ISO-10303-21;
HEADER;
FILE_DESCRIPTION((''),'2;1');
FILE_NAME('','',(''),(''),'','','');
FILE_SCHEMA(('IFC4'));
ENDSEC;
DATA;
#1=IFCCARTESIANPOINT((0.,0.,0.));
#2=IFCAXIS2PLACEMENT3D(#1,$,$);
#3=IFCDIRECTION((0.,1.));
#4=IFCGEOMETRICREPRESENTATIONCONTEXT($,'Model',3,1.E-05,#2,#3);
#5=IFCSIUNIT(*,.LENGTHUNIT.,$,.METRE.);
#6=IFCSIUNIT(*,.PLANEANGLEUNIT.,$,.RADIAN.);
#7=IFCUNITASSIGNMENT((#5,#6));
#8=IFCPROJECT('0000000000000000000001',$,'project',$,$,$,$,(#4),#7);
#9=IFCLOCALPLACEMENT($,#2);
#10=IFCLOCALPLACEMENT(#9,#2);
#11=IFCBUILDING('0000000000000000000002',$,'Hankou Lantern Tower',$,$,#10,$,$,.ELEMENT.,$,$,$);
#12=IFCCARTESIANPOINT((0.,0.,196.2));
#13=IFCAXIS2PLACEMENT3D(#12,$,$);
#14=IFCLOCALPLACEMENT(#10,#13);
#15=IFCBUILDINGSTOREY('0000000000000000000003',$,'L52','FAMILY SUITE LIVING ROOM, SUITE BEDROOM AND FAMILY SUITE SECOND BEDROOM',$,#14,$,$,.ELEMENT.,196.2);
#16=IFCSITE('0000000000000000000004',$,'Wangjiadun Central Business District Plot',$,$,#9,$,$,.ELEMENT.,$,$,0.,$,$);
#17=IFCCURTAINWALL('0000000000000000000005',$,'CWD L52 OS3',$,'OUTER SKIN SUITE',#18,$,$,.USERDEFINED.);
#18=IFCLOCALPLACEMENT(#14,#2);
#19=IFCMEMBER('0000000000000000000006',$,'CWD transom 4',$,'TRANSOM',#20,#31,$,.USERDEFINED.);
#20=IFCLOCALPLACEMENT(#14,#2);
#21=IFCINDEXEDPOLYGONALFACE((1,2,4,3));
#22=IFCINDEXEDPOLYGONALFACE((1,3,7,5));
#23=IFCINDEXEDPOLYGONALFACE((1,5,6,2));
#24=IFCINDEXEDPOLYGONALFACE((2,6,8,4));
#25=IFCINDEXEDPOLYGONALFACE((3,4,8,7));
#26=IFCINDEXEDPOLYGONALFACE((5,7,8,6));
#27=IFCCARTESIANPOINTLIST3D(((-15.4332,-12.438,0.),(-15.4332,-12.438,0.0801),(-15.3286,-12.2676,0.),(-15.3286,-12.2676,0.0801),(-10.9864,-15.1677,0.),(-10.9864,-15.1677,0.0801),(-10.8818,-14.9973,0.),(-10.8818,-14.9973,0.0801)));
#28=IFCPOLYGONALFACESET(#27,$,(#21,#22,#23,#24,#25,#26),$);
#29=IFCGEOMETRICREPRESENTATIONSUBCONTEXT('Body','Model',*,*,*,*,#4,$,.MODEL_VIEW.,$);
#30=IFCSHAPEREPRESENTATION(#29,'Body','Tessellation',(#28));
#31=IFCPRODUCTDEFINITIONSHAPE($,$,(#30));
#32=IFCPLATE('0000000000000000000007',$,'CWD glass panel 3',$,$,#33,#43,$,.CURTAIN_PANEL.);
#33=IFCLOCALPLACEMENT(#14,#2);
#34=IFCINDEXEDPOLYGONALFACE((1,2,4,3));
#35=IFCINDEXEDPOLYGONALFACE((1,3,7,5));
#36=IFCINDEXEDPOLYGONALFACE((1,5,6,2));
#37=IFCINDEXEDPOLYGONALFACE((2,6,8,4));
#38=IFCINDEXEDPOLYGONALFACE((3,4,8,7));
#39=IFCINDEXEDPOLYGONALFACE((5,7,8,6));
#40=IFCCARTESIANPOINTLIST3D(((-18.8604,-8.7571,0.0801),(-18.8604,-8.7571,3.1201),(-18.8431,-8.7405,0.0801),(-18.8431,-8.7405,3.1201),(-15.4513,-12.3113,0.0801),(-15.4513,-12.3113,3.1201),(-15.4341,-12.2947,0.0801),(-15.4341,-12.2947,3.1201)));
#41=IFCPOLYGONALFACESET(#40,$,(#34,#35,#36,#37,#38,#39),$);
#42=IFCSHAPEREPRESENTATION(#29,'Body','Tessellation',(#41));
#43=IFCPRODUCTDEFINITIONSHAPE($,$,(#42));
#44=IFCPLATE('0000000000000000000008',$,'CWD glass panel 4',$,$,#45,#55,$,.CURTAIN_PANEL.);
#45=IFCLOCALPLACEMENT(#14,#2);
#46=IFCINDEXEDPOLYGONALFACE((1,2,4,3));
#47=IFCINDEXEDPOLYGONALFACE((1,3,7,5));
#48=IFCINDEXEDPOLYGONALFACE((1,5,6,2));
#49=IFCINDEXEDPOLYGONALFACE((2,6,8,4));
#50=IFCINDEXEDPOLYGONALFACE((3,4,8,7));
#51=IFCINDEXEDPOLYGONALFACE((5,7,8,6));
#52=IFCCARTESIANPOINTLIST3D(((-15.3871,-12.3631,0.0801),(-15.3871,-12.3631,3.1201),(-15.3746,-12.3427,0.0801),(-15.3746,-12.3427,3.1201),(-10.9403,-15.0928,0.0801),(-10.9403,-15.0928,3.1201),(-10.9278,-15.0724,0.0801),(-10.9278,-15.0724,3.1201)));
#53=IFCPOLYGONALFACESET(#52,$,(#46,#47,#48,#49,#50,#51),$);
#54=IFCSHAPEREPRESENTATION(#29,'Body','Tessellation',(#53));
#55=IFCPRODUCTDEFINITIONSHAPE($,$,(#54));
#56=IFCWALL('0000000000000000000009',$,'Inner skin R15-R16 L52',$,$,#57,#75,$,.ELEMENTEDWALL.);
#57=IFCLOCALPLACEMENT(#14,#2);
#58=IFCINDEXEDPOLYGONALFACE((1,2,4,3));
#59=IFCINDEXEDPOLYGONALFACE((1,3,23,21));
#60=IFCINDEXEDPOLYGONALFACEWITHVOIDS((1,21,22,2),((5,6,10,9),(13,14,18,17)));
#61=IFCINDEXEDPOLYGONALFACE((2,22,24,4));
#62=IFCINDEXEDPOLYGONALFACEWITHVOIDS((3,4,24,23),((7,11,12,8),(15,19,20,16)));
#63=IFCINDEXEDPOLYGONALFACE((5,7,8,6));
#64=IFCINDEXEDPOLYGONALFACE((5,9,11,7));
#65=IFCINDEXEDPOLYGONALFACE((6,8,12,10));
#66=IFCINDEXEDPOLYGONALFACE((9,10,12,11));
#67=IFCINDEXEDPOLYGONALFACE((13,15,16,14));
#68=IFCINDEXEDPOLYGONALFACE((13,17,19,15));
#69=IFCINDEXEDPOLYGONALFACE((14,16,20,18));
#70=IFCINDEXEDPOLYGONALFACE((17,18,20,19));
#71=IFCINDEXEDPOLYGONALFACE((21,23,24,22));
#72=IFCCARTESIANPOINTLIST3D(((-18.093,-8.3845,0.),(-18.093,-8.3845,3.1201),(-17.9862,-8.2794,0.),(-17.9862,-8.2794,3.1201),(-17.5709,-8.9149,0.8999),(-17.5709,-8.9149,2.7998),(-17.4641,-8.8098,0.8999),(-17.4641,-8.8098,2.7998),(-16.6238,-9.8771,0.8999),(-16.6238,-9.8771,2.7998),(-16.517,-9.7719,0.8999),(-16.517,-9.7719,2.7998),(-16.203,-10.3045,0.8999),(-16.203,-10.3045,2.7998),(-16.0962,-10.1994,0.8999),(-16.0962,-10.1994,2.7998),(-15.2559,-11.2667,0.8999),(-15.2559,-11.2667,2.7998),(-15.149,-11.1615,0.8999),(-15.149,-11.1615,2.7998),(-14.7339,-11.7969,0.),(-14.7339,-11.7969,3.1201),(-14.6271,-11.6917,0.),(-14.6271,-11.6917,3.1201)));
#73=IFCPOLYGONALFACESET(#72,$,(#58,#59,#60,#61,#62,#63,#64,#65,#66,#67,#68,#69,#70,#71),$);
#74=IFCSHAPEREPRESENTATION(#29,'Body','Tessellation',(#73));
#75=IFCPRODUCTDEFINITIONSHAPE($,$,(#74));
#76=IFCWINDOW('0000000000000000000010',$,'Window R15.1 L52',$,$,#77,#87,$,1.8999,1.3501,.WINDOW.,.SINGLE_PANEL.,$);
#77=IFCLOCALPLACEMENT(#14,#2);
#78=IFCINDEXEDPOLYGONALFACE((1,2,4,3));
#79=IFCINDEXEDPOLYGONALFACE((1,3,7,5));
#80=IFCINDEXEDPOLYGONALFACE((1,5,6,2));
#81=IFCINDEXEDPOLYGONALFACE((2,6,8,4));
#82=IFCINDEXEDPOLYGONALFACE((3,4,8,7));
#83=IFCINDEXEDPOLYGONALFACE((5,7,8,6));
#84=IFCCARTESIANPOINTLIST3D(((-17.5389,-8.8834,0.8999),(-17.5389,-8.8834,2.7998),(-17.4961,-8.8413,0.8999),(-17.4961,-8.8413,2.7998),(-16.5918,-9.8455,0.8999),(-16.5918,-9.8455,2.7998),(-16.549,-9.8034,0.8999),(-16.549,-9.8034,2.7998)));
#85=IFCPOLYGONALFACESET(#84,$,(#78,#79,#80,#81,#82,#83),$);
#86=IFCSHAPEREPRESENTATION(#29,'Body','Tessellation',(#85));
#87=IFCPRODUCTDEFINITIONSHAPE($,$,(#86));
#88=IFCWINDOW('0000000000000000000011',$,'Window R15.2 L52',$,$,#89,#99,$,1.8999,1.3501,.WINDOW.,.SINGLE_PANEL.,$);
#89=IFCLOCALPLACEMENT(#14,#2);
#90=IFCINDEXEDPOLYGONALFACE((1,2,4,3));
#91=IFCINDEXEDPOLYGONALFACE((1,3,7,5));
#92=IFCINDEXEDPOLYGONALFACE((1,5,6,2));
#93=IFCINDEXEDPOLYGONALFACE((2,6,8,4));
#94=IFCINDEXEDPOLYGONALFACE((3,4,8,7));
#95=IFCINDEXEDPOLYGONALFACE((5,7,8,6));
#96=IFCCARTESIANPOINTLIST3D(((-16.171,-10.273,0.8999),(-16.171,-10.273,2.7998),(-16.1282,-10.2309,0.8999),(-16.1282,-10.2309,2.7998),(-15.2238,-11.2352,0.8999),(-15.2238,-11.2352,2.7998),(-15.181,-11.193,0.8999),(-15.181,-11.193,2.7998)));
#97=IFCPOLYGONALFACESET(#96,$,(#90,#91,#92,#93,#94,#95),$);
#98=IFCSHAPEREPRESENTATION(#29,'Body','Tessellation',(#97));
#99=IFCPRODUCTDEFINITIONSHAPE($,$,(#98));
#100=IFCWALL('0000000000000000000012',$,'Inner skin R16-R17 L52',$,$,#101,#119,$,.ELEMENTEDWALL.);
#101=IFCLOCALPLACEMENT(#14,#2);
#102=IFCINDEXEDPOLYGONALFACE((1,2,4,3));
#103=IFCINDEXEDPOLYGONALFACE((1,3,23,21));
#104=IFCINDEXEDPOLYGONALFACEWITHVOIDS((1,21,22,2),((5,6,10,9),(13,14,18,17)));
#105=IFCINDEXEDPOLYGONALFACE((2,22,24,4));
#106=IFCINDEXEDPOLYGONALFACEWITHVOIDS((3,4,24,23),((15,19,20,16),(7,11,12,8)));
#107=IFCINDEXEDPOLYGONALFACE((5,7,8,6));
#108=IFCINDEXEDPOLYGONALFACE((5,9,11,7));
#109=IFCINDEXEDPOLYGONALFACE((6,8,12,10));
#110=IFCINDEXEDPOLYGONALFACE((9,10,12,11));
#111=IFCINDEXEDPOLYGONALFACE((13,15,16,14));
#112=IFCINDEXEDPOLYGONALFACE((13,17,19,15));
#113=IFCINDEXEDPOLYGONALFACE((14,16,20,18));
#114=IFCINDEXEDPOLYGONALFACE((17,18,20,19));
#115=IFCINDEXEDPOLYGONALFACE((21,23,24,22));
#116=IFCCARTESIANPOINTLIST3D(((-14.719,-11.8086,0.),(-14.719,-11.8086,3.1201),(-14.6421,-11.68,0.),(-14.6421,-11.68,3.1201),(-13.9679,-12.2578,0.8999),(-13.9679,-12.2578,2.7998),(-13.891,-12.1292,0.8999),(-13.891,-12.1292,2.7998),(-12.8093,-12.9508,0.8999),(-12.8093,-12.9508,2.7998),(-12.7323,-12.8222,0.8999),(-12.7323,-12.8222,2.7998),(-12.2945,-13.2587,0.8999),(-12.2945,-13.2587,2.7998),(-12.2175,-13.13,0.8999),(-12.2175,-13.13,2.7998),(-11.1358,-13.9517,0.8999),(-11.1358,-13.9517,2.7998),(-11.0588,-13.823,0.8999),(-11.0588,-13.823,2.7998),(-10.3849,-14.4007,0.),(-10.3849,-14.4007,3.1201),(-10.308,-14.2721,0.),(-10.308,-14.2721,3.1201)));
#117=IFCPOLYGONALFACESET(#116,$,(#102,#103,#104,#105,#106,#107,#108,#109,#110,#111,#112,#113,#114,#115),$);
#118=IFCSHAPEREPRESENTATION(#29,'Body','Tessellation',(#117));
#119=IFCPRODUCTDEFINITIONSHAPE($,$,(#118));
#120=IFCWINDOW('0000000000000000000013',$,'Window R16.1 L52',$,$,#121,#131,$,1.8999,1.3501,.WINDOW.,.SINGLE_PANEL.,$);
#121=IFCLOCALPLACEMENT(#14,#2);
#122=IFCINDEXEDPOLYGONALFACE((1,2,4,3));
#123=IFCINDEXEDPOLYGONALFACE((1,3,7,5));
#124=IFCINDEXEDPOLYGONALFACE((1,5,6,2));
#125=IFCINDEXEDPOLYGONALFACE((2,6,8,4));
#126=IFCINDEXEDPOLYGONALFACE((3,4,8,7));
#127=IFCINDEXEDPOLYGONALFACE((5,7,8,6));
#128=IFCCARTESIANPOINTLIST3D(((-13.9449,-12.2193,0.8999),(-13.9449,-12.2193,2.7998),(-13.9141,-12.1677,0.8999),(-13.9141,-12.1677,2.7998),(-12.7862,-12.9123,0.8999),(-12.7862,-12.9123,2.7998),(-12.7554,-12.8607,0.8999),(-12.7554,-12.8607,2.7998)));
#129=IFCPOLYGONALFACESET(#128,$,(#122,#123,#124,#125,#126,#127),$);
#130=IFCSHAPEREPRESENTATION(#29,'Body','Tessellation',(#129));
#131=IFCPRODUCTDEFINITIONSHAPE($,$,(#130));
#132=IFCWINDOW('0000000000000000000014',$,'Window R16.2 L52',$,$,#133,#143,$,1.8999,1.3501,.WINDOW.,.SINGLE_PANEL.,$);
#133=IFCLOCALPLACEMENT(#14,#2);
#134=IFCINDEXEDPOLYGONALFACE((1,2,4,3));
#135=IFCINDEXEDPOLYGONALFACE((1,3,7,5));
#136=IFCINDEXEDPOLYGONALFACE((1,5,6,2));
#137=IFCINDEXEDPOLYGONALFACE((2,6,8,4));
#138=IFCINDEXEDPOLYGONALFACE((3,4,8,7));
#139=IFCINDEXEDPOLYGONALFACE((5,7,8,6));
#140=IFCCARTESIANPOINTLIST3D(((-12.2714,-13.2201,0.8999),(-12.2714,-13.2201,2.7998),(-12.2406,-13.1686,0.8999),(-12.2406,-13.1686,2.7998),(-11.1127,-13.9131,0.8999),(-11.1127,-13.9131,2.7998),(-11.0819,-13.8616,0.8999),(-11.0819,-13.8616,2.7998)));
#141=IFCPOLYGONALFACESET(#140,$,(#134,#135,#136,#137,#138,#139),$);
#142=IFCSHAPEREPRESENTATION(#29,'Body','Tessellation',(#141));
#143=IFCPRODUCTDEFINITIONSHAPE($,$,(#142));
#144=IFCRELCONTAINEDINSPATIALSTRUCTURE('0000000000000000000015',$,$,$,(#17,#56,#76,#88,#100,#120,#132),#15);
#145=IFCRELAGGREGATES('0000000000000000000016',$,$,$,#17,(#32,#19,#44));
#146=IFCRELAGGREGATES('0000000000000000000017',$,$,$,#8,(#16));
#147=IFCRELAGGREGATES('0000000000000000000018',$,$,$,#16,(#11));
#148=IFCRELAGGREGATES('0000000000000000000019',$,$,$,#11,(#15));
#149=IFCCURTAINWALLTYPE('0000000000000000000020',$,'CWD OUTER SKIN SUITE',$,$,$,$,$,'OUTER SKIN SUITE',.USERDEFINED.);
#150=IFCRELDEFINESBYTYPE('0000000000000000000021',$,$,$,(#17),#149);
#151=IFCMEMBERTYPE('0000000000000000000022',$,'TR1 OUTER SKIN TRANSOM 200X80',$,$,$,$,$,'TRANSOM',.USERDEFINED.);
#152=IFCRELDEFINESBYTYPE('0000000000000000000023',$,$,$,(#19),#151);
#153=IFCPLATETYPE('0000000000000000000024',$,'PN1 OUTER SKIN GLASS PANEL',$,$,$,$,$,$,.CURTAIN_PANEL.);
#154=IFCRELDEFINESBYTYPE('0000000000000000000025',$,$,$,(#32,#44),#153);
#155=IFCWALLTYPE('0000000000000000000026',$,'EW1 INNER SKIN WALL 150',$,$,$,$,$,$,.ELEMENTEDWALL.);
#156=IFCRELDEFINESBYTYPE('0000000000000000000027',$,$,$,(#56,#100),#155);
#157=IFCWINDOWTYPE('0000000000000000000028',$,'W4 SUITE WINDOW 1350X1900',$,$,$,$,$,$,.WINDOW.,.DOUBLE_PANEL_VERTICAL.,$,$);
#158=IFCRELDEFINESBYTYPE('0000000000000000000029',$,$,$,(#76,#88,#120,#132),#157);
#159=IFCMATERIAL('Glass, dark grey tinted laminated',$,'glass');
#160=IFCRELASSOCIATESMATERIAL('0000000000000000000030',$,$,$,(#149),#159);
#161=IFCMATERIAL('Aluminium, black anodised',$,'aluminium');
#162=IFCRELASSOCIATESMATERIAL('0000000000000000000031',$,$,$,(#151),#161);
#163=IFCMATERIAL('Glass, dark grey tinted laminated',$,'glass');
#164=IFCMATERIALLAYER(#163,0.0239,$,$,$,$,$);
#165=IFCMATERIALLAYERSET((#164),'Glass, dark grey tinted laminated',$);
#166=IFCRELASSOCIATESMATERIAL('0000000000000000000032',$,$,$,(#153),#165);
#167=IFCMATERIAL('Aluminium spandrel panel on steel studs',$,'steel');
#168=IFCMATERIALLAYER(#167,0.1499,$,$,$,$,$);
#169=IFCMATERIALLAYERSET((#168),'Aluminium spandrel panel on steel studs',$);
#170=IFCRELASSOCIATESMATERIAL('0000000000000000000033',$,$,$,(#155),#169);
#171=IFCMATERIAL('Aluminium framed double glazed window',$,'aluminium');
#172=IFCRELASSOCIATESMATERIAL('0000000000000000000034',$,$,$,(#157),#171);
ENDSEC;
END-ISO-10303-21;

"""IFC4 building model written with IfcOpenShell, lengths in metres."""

from ifc_helpers import new_model, si_unit, direction, frame, frame_2d, origin, origin_2d, place, context, subcontext, project, spatial, rectangle, extrude, material, layer, layer_set, material_profile, profile_set, type_object, element, fill, aggregate, save


model = new_model("IFC4")

# Units and contexts
model_context = context("Model", 3, precision=1e-05, world=origin(), true_north=direction((0.0, 1.0)))
body_context = subcontext(model_context, "Body", "Model", "MODEL_VIEW")
ifc_project = project(units=[si_unit("LENGTHUNIT", "METRE"), si_unit("PLANEANGLEUNIT", "RADIAN")], contexts=[model_context])

# Site, building, storey
site_placement = place(None, origin())
site = spatial("IfcSite", under=ifc_project, at=site_placement, Name="Wangjiadun Central Business District Plot", CompositionType="ELEMENT", RefElevation=0.0)
building_placement = place(site_placement, origin())
building = spatial("IfcBuilding", under=site, at=building_placement, Name="Hankou Lantern Tower", CompositionType="ELEMENT")
storey_placement = place(building_placement, frame((0.0, 0.0, 196.2)))
storey = spatial("IfcBuildingStorey", under=building, at=storey_placement, Name="L52", Description="FAMILY SUITE LIVING ROOM, SUITE BEDROOM AND FAMILY SUITE SECOND BEDROOM", CompositionType="ELEMENT", Elevation=196.2)

# Curtain wall
ifc_material_1 = material(Name="Glass, dark grey tinted laminated", Category="glass")
curtain_wall_type = type_object("IfcCurtainWallType", Name="CWD OUTER SKIN SUITE", ElementType="OUTER SKIN SUITE", PredefinedType="USERDEFINED", material=ifc_material_1)
curtain_wall_placement = place(storey_placement, origin())
curtain_wall = element("IfcCurtainWall", 1, at=curtain_wall_placement, inside=storey, type_object=curtain_wall_type, Name="CWD L52 OS3", ObjectType="OUTER SKIN SUITE", PredefinedType="USERDEFINED")

# Member
ifc_material_2 = material(Name="Aluminium, black anodised", Category="aluminium")
ifc_material_profile_1 = material_profile(ifc_material_2, rectangle(XDim=0.2, YDim=0.0801, at=origin_2d()), Name="TR1 200X80")
ifc_profile_set_1 = profile_set([ifc_material_profile_1], Name="Aluminium, black anodised")
member_type_1 = type_object("IfcMemberType", Name="TR1 OUTER SKIN TRANSOM 200X80", ElementType="TRANSOM", PredefinedType="USERDEFINED", material=ifc_profile_set_1)
member_1_placement = place(storey_placement, frame((-15.3809, -12.3528, 0.04), z_axis=(0.852235, -0.52316, 0.0), x_axis=(0.52316, 0.852235, 0.0)))
member_1 = element("IfcMember", 2, at=member_1_placement, type_object=member_type_1, Name="CWD transom 4", ObjectType="TRANSOM", PredefinedType="USERDEFINED", context=body_context, shape_type="SweptSolid", body=[
    extrude(rectangle(XDim=0.2, YDim=0.0801, at=origin_2d()), origin(), (0.0, 0.0, 1.0), 5.2178),
])

# Plates
ifc_material_3 = material(Name="Glass, dark grey tinted laminated", Category="glass")
ifc_layer_1 = layer(ifc_material_3, 0.0239)
ifc_layer_set_1 = layer_set([ifc_layer_1], Name="Glass, dark grey tinted laminated")
plate_type = type_object("IfcPlateType", Name="PN1 OUTER SKIN GLASS PANEL", PredefinedType="CURTAIN_PANEL", material=ifc_layer_set_1)
plate_1_placement = place(storey_placement, frame((-17.1472, -10.5259, 0.0801), z_axis=(0.0, 0.0, 1.0), x_axis=(0.692216, -0.721691, 0.0)))
plate_1 = element("IfcPlate", 3, at=plate_1_placement, type_object=plate_type, Name="CWD glass panel 3", PredefinedType="CURTAIN_PANEL", context=body_context, shape_type="SweptSolid", body=[
    extrude(rectangle(XDim=4.9248, YDim=0.0239, at=origin_2d()), origin(), (0.0, 0.0, 1.0), 3.04),
])
plate_2_placement = place(storey_placement, frame((-13.1575, -13.7178, 0.0801), z_axis=(0.0, 0.0, 1.0), x_axis=(0.852237, -0.523156, 0.0)))
plate_2 = element("IfcPlate", 4, at=plate_2_placement, type_object=plate_type, Name="CWD glass panel 4", PredefinedType="CURTAIN_PANEL", context=body_context, shape_type="SweptSolid", body=[
    extrude(rectangle(XDim=5.2178, YDim=0.0239, at=origin_2d()), origin(), (0.0, 0.0, 1.0), 3.04),
])
aggregate(curtain_wall, [plate_1, member_1, plate_2])

# Walls, openings, windows
ifc_material_4 = material(Name="Aluminium spandrel panel on steel studs", Category="steel")
ifc_layer_2 = layer(ifc_material_4, 0.1499)
ifc_layer_set_2 = layer_set([ifc_layer_2], Name="Aluminium spandrel panel on steel studs")
wall_type_1 = type_object("IfcWallType", Name="EW1 INNER SKIN WALL 150", PredefinedType="ELEMENTEDWALL", material=ifc_layer_set_2)
wall_1_placement = place(storey_placement, frame((-18.0396, -8.332, 0.0), z_axis=(0.0, 0.0, 1.0), x_axis=(0.701527, -0.712643, 0.0)))
wall_1 = element("IfcWall", 5, at=wall_1_placement, inside=storey, type_object=wall_type_1, Name="Inner skin R15-R16 L52", PredefinedType="ELEMENTEDWALL", context=body_context, shape_type="SweptSolid", body=[
    extrude(rectangle(XDim=4.7883, YDim=0.1499, at=frame_2d((2.394, 0.0))), origin(), (0.0, 0.0, 1.0), 3.1201),
])
opening_1_placement = place(wall_1_placement, frame((0.7441, 0.0, 0.8999)))
opening_1 = element("IfcOpeningElement", 6, at=opening_1_placement, cuts=wall_1, PredefinedType="OPENING", context=body_context, shape_type="SweptSolid", body=[
    extrude(rectangle(XDim=1.3501, YDim=1.8999, at=frame_2d((0.675, 0.95))), frame((0.0, 0.085, 0.0), z_axis=(0.0, -1.0, 0.0), x_axis=(1.0, 0.0, 0.0)), (0.0, 0.0, 1.0), 0.1699),
])
opening_2_placement = place(wall_1_placement, frame((2.6941, 0.0, 0.8999)))
opening_2 = element("IfcOpeningElement", 7, at=opening_2_placement, cuts=wall_1, PredefinedType="OPENING", context=body_context, shape_type="SweptSolid", body=[
    extrude(rectangle(XDim=1.3501, YDim=1.8999, at=frame_2d((0.675, 0.95))), frame((0.0, 0.085, 0.0), z_axis=(0.0, -1.0, 0.0), x_axis=(1.0, 0.0, 0.0)), (0.0, 0.0, 1.0), 0.1699),
])
ifc_material_5 = material(Name="Aluminium framed double glazed window", Category="aluminium")
window_type = type_object("IfcWindowType", Name="W4 SUITE WINDOW 1350X1900", PartitioningType="DOUBLE_PANEL_VERTICAL", PredefinedType="WINDOW", material=ifc_material_5)
window_1_placement = place(opening_1_placement, origin())
window_1 = element("IfcWindow", 8, at=window_1_placement, inside=storey, type_object=window_type, Name="Window R15.1 L52", OverallHeight=1.8999, OverallWidth=1.3501, PartitioningType="SINGLE_PANEL", PredefinedType="WINDOW", context=body_context, shape_type="SweptSolid", body=[
    extrude(rectangle(XDim=1.3501, YDim=1.8999, at=frame_2d((0.675, 0.95))), frame((0.0, 0.03, 0.0), z_axis=(0.0, -1.0, 0.0), x_axis=(1.0, 0.0, 0.0)), (0.0, 0.0, 1.0), 0.0601),
])
fill(opening_1, window_1)
window_2_placement = place(opening_2_placement, origin())
window_2 = element("IfcWindow", 9, at=window_2_placement, inside=storey, type_object=window_type, Name="Window R15.2 L52", OverallHeight=1.8999, OverallWidth=1.3501, PartitioningType="SINGLE_PANEL", PredefinedType="WINDOW", context=body_context, shape_type="SweptSolid", body=[
    extrude(rectangle(XDim=1.3501, YDim=1.8999, at=frame_2d((0.675, 0.95))), frame((0.0, 0.03, 0.0), z_axis=(0.0, -1.0, 0.0), x_axis=(1.0, 0.0, 0.0)), (0.0, 0.0, 1.0), 0.0601),
])
fill(opening_2, window_2)
wall_2_placement = place(storey_placement, frame((-14.6804, -11.7444, 0.0), z_axis=(0.0, 0.0, 1.0), x_axis=(0.858222, -0.51328, 0.0)))
wall_2 = element("IfcWall", 10, at=wall_2_placement, inside=storey, type_object=wall_type_1, Name="Inner skin R16-R17 L52", PredefinedType="ELEMENTEDWALL", context=body_context, shape_type="SweptSolid", body=[
    extrude(rectangle(XDim=5.05, YDim=0.1499, at=frame_2d((2.5249, 0.0))), origin(), (0.0, 0.0, 1.0), 3.1201),
])
opening_3_placement = place(wall_2_placement, frame((0.875, 0.0, 0.8999)))
opening_3 = element("IfcOpeningElement", 11, at=opening_3_placement, cuts=wall_2, PredefinedType="OPENING", context=body_context, shape_type="SweptSolid", body=[
    extrude(rectangle(XDim=1.3501, YDim=1.8999, at=frame_2d((0.675, 0.95))), frame((0.0, 0.085, 0.0), z_axis=(0.0, -1.0, 0.0), x_axis=(1.0, 0.0, 0.0)), (0.0, 0.0, 1.0), 0.1699),
])
opening_4_placement = place(wall_2_placement, frame((2.825, 0.0, 0.8999)))
opening_4 = element("IfcOpeningElement", 12, at=opening_4_placement, cuts=wall_2, PredefinedType="OPENING", context=body_context, shape_type="SweptSolid", body=[
    extrude(rectangle(XDim=1.3501, YDim=1.8999, at=frame_2d((0.675, 0.95))), frame((0.0, 0.085, 0.0), z_axis=(0.0, -1.0, 0.0), x_axis=(1.0, 0.0, 0.0)), (0.0, 0.0, 1.0), 0.1699),
])
window_3_placement = place(opening_3_placement, origin())
window_3 = element("IfcWindow", 13, at=window_3_placement, inside=storey, type_object=window_type, Name="Window R16.1 L52", OverallHeight=1.8999, OverallWidth=1.3501, PartitioningType="SINGLE_PANEL", PredefinedType="WINDOW", context=body_context, shape_type="SweptSolid", body=[
    extrude(rectangle(XDim=1.3501, YDim=1.8999, at=frame_2d((0.675, 0.95))), frame((0.0, 0.03, 0.0), z_axis=(0.0, -1.0, 0.0), x_axis=(1.0, 0.0, 0.0)), (0.0, 0.0, 1.0), 0.0601),
])
fill(opening_3, window_3)
window_4_placement = place(opening_4_placement, origin())
window_4 = element("IfcWindow", 14, at=window_4_placement, inside=storey, type_object=window_type, Name="Window R16.2 L52", OverallHeight=1.8999, OverallWidth=1.3501, PartitioningType="SINGLE_PANEL", PredefinedType="WINDOW", context=body_context, shape_type="SweptSolid", body=[
    extrude(rectangle(XDim=1.3501, YDim=1.8999, at=frame_2d((0.675, 0.95))), frame((0.0, 0.03, 0.0), z_axis=(0.0, -1.0, 0.0), x_axis=(1.0, 0.0, 0.0)), (0.0, 0.0, 1.0), 0.0601),
])
fill(opening_4, window_4)

save(model, "model.ifc")
